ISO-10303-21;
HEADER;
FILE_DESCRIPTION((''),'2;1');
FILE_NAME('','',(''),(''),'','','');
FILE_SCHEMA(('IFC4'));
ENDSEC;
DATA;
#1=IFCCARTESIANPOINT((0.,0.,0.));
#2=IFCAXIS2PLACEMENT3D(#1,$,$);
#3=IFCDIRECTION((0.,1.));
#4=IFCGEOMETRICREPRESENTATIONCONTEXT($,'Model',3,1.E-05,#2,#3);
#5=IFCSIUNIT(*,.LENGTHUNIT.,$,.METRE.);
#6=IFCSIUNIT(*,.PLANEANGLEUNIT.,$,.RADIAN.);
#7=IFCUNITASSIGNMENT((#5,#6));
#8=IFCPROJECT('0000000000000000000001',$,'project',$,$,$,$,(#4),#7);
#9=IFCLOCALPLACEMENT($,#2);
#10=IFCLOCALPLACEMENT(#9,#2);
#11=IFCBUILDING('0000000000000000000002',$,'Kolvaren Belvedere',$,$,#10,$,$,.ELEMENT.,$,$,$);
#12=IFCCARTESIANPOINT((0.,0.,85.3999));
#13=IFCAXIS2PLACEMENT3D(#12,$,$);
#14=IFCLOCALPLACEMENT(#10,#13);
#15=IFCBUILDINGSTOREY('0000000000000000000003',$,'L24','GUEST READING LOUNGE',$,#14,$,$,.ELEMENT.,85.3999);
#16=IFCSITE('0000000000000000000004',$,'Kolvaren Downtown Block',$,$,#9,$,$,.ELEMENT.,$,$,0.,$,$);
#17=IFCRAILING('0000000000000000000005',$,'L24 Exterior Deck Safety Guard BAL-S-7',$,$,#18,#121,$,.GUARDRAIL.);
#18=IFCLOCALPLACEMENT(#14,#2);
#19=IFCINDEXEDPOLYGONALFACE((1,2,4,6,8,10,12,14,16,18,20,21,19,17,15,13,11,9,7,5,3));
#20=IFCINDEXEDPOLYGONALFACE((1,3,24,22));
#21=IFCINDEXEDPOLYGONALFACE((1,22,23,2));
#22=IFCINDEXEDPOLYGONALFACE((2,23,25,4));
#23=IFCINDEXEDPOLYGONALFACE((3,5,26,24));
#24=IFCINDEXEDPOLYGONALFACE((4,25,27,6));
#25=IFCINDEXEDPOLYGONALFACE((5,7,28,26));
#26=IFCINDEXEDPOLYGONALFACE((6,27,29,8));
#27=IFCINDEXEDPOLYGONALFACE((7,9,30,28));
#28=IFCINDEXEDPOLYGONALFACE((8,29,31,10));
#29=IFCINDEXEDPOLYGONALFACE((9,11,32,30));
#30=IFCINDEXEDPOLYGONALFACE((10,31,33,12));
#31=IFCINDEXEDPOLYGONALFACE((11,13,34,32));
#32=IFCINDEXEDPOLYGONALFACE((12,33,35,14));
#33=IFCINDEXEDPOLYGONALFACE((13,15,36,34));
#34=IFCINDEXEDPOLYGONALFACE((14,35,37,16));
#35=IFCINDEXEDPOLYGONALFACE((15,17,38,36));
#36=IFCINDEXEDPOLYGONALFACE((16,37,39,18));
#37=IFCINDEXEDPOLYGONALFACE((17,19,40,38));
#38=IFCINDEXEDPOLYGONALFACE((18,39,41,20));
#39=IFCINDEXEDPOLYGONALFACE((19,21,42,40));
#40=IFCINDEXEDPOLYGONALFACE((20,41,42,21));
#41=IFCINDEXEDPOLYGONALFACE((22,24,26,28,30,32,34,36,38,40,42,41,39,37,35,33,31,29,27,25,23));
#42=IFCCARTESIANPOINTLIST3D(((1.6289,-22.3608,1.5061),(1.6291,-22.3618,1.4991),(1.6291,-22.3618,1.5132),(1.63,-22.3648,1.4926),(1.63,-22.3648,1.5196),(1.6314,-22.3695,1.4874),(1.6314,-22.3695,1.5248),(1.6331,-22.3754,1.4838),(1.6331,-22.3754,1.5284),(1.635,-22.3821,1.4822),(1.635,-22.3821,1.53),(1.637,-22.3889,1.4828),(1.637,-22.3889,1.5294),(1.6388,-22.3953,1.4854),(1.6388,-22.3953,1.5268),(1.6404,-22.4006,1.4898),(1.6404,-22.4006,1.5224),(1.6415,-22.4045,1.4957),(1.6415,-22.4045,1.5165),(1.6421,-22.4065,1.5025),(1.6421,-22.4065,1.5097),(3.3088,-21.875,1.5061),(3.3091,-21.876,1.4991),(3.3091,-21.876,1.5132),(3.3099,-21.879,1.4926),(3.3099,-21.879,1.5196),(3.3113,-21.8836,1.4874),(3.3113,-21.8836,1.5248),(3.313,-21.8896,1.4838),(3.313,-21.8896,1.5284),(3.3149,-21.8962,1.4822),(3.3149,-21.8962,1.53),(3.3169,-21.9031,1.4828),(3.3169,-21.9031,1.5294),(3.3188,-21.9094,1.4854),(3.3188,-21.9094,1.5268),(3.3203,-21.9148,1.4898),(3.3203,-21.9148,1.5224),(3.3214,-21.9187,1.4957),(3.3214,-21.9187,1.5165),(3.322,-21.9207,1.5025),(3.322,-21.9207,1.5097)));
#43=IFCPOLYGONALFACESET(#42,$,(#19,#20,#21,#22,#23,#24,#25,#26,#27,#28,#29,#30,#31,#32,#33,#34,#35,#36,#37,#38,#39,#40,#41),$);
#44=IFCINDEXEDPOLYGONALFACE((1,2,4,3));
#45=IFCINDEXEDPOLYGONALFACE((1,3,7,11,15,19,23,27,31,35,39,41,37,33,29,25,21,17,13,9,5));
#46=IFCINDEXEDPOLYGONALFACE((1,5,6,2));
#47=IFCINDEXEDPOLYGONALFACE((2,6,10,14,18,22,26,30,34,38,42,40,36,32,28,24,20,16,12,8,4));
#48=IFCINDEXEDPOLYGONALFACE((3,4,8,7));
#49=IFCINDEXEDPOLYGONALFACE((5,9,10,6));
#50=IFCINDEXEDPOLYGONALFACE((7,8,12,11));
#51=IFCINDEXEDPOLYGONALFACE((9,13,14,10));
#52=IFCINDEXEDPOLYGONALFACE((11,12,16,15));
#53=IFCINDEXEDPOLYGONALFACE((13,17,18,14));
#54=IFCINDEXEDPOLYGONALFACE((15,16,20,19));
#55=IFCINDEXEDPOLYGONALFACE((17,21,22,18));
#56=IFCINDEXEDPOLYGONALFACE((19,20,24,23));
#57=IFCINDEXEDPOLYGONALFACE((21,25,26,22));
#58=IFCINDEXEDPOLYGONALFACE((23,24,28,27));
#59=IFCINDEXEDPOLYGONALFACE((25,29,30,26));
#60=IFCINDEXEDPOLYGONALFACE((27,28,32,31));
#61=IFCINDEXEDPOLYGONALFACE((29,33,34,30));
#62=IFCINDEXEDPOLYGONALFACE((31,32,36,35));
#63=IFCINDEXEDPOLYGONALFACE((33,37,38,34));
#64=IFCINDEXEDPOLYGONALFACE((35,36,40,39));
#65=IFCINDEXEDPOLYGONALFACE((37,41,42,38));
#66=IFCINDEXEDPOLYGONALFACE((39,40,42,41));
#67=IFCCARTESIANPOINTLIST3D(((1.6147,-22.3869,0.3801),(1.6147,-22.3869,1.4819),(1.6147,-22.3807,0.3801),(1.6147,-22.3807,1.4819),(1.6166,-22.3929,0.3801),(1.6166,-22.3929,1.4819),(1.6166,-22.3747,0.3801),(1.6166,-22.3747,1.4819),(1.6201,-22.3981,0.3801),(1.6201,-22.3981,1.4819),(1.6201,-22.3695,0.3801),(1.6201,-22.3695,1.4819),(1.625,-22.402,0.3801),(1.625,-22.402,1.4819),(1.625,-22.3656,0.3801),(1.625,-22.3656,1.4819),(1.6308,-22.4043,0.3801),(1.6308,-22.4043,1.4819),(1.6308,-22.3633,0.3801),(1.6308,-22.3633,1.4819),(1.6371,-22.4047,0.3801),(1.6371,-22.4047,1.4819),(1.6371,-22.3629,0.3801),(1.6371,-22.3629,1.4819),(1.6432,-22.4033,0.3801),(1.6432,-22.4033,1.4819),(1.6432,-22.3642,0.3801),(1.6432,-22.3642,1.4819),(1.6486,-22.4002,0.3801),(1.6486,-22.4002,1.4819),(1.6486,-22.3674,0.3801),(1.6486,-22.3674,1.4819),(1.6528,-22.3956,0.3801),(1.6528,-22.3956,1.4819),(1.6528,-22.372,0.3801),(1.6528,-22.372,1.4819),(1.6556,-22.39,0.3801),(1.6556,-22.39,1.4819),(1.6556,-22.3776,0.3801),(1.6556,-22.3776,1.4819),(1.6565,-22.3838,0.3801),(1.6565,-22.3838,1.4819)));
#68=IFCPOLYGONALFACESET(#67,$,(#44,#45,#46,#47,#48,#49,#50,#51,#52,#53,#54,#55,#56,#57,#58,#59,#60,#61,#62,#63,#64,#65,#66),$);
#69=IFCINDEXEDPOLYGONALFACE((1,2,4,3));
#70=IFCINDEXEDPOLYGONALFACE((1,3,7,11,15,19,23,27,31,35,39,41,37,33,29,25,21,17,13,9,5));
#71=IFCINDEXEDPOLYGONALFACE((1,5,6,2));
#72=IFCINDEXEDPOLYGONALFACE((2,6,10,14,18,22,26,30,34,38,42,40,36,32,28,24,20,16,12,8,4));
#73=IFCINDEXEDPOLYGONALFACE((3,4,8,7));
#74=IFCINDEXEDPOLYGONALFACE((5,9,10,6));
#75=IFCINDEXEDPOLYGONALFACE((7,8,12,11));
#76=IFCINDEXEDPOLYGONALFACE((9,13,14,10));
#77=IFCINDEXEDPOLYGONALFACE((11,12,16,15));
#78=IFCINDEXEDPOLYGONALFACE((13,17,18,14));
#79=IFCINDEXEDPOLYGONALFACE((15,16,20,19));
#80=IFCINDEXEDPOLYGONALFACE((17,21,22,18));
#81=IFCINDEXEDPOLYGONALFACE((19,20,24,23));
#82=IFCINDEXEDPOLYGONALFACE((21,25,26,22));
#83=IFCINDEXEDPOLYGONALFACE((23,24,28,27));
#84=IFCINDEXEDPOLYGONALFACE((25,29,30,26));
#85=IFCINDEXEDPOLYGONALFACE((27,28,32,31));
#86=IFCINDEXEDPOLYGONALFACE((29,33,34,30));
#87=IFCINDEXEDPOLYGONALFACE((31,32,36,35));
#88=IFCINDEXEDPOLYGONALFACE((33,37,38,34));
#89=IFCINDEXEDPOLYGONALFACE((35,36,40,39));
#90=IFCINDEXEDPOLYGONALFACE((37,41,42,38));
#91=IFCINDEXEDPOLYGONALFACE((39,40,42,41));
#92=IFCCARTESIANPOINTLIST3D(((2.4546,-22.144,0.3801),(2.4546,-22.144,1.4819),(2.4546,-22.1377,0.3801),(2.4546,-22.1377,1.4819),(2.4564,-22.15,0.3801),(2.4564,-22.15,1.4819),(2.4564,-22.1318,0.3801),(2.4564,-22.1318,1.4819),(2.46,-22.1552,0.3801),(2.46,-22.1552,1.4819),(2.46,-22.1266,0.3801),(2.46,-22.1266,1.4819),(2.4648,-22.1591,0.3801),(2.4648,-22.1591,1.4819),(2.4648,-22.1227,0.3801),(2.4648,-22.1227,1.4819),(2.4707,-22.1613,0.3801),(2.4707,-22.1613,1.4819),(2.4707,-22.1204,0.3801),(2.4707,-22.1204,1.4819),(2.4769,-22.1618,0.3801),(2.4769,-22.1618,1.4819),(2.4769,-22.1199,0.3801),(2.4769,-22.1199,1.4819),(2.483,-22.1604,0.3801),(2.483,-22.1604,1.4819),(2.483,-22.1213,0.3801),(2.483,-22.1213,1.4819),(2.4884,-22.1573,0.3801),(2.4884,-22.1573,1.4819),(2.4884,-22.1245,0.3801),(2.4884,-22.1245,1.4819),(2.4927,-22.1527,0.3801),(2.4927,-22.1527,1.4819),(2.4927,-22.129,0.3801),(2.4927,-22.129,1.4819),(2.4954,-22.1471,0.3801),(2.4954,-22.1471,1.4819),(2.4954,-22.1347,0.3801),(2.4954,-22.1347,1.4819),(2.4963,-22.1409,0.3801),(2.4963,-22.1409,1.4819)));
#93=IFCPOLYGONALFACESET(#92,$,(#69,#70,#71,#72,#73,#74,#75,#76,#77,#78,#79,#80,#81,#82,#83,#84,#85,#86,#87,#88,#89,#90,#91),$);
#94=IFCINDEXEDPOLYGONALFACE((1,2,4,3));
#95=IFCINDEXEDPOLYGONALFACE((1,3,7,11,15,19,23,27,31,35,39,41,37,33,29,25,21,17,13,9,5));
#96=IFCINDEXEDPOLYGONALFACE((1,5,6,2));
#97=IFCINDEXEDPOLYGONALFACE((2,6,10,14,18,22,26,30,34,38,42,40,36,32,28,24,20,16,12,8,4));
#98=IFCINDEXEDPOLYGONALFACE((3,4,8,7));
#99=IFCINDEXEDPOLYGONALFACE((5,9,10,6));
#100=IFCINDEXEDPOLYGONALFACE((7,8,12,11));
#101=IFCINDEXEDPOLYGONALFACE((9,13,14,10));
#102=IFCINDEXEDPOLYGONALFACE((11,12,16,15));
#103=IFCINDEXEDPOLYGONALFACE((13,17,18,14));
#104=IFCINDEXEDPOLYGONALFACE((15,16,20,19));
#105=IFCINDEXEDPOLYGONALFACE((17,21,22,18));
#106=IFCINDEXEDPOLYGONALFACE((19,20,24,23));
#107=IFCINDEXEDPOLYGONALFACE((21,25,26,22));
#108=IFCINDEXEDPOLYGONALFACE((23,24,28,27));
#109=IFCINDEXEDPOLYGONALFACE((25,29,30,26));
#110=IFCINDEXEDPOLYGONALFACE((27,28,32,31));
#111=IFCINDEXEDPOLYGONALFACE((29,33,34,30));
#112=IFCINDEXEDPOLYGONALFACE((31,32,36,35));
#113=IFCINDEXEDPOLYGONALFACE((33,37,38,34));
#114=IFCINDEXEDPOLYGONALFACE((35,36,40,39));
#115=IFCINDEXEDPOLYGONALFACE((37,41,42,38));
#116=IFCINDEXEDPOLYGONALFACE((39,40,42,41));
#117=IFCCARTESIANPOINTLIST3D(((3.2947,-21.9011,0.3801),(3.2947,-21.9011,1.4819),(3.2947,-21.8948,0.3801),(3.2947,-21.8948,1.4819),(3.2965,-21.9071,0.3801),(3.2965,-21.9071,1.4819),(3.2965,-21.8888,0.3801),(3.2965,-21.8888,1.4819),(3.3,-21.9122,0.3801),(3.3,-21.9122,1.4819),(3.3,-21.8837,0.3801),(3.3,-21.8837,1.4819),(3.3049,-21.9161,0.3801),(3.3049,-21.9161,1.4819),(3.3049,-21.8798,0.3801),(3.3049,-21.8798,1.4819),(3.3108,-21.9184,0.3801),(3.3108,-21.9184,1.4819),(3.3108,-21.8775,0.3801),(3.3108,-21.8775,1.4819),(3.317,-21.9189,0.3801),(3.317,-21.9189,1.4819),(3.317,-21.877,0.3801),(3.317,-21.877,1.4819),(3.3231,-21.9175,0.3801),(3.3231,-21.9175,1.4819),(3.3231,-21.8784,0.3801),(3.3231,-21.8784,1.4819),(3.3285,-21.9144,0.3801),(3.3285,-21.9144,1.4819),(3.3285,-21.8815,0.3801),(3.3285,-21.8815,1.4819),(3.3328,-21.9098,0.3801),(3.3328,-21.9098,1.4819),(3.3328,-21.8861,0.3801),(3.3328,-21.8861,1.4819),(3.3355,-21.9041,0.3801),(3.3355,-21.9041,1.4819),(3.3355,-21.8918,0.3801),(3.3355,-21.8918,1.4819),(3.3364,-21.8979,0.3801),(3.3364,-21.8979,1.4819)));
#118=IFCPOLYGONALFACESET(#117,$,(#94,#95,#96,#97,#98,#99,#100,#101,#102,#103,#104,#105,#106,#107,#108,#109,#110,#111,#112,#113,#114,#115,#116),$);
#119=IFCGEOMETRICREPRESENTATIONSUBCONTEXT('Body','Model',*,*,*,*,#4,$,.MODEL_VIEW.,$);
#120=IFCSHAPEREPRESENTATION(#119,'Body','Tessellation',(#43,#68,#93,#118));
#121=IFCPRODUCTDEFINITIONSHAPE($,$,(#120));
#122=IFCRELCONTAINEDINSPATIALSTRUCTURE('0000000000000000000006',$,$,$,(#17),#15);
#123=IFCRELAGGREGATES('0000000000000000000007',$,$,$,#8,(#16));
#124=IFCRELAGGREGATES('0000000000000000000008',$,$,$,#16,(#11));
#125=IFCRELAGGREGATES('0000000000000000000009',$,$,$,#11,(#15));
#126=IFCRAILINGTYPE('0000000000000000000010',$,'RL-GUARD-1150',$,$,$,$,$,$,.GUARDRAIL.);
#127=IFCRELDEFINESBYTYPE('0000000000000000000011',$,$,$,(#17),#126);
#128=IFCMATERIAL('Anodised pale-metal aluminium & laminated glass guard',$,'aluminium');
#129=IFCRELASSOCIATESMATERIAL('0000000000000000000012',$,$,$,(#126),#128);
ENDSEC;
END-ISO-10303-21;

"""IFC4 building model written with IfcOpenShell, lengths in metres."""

from ifc_helpers import new_model, si_unit, direction, frame, origin, origin_2d, place, context, subcontext, project, spatial, circle, extrude, material, type_object, element, save


model = new_model("IFC4")

# Units and contexts
model_context = context("Model", 3, precision=1e-05, world=origin(), true_north=direction((0.0, 1.0)))
body_context = subcontext(model_context, "Body", "Model", "MODEL_VIEW")
ifc_project = project(units=[si_unit("LENGTHUNIT", "METRE"), si_unit("PLANEANGLEUNIT", "RADIAN")], contexts=[model_context])

# Site, building, storey
site_placement = place(None, origin())
site = spatial("IfcSite", under=ifc_project, at=site_placement, Name="Kolvaren Downtown Block", CompositionType="ELEMENT", RefElevation=0.0)
building_placement = place(site_placement, origin())
building = spatial("IfcBuilding", under=site, at=building_placement, Name="Kolvaren Belvedere", CompositionType="ELEMENT")
storey_placement = place(building_placement, frame((0.0, 0.0, 85.3999)))
storey = spatial("IfcBuildingStorey", under=building, at=storey_placement, Name="L24", Description="GUEST READING LOUNGE", CompositionType="ELEMENT", Elevation=85.3999)

# Railing
ifc_material_1 = material(Name="Anodised pale-metal aluminium & laminated glass guard", Category="aluminium")
railing_type = type_object("IfcRailingType", Name="RL-GUARD-1150", PredefinedType="GUARDRAIL", material=ifc_material_1)
railing_1_placement = place(storey_placement, frame((1.6355, -22.3838, 0.3801)))
element("IfcRailing", 1, at=railing_1_placement, inside=storey, type_object=railing_type, Name="L24 Exterior Deck Safety Guard BAL-S-7", PredefinedType="GUARDRAIL", context=body_context, shape_type="SweptSolid", body=[
    extrude(circle(Radius=0.0239, at=origin_2d()), frame((0.0, 0.0, 1.126), z_axis=(0.960634, 0.277817, 0.0), x_axis=(-0.277817, 0.960634, 0.0)), (0.0, 0.0, 1.0), 1.7488),
    extrude(circle(Radius=0.021, at=origin_2d()), origin(), (0.0, 0.0, 1.0), 1.1018),
    extrude(circle(Radius=0.021, at=origin_2d()), frame((0.8398, 0.2429, 0.0)), (0.0, 0.0, 1.0), 1.1018),
    extrude(circle(Radius=0.021, at=origin_2d()), frame((1.6799, 0.4858, 0.0)), (0.0, 0.0, 1.0), 1.1018),
])

save(model, "model.ifc")
